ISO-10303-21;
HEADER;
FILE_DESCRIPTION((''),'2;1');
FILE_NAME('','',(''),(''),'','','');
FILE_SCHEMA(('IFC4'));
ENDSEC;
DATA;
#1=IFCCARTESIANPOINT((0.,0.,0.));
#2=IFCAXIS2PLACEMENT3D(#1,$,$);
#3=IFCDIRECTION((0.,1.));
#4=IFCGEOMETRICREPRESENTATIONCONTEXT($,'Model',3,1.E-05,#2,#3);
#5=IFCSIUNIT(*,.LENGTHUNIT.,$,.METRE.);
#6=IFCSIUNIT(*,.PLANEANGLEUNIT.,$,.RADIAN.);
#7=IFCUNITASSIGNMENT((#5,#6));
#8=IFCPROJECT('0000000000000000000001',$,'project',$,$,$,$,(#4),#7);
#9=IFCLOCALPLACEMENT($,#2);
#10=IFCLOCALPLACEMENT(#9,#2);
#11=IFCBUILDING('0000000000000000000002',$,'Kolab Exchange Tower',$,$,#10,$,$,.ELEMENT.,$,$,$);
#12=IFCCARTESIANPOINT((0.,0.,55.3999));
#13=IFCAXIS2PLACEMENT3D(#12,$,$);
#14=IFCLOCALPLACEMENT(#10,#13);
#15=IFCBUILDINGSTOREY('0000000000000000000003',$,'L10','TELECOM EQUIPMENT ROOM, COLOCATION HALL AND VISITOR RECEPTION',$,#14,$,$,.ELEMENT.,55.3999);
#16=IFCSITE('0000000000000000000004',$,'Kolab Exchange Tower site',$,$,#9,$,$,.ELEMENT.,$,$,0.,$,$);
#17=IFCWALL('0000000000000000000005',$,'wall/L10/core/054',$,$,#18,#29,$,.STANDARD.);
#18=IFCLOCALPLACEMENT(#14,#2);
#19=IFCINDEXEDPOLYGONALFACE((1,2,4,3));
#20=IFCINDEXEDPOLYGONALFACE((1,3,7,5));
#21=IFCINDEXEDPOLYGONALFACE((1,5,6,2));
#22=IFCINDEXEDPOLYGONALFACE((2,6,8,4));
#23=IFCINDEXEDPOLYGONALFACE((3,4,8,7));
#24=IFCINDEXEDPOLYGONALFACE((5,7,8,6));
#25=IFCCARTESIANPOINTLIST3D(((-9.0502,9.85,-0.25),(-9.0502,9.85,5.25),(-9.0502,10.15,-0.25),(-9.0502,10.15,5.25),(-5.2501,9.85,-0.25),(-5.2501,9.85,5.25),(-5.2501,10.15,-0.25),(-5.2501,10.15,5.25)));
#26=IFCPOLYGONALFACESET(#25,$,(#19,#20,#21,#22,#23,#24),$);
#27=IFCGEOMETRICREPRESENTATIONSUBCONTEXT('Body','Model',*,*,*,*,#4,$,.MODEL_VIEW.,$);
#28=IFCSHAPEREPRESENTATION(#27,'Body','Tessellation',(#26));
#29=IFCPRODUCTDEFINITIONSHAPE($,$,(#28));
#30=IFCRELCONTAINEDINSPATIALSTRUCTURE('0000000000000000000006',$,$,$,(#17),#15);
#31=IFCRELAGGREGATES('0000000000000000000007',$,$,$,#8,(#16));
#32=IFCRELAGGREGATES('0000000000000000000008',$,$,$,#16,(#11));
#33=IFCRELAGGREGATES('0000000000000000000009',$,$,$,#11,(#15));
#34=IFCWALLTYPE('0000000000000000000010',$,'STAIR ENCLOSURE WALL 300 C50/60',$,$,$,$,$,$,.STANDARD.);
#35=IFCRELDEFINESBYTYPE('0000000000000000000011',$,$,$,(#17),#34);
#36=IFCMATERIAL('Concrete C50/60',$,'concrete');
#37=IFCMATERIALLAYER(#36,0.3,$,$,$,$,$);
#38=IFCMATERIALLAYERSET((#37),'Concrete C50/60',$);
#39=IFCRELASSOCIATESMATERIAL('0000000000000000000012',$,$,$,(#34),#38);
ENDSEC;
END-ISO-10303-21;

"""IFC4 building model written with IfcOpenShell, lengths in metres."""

from ifc_helpers import new_model, si_unit, direction, frame, frame_2d, origin, place, context, subcontext, project, spatial, rectangle, extrude, material, layer, layer_set, type_object, element, save


model = new_model("IFC4")

# Units and contexts
model_context = context("Model", 3, precision=1e-05, world=origin(), true_north=direction((0.0, 1.0)))
body_context = subcontext(model_context, "Body", "Model", "MODEL_VIEW")
ifc_project = project(units=[si_unit("LENGTHUNIT", "METRE"), si_unit("PLANEANGLEUNIT", "RADIAN")], contexts=[model_context])

# Site, building, storey
site_placement = place(None, origin())
site = spatial("IfcSite", under=ifc_project, at=site_placement, Name="Kolab Exchange Tower site", CompositionType="ELEMENT", RefElevation=0.0)
building_placement = place(site_placement, origin())
building = spatial("IfcBuilding", under=site, at=building_placement, Name="Kolab Exchange Tower", CompositionType="ELEMENT")
storey_placement = place(building_placement, frame((0.0, 0.0, 55.3999)))
storey = spatial("IfcBuildingStorey", under=building, at=storey_placement, Name="L10", Description="TELECOM EQUIPMENT ROOM, COLOCATION HALL AND VISITOR RECEPTION", CompositionType="ELEMENT", Elevation=55.3999)

# Wall
ifc_material_1 = material(Name="Concrete C50/60", Category="concrete")
ifc_layer_1 = layer(ifc_material_1, 0.3)
ifc_layer_set_1 = layer_set([ifc_layer_1], Name="Concrete C50/60")
wall_type_1 = type_object("IfcWallType", Name="STAIR ENCLOSURE WALL 300 C50/60", PredefinedType="STANDARD", material=ifc_layer_set_1)
wall_1_placement = place(storey_placement, frame((-9.05, 10.0, -0.25), z_axis=(0.0, 0.0, 1.0), x_axis=(1.0, 0.0, 0.0)))
element("IfcWall", 1, at=wall_1_placement, inside=storey, type_object=wall_type_1, Name="wall/L10/core/054", PredefinedType="STANDARD", context=body_context, shape_type="SweptSolid", body=[
    extrude(rectangle(XDim=3.8, YDim=0.3, at=frame_2d((1.8999, 0.0))), origin(), (0.0, 0.0, 1.0), 5.5),
])

save(model, "model.ifc")
